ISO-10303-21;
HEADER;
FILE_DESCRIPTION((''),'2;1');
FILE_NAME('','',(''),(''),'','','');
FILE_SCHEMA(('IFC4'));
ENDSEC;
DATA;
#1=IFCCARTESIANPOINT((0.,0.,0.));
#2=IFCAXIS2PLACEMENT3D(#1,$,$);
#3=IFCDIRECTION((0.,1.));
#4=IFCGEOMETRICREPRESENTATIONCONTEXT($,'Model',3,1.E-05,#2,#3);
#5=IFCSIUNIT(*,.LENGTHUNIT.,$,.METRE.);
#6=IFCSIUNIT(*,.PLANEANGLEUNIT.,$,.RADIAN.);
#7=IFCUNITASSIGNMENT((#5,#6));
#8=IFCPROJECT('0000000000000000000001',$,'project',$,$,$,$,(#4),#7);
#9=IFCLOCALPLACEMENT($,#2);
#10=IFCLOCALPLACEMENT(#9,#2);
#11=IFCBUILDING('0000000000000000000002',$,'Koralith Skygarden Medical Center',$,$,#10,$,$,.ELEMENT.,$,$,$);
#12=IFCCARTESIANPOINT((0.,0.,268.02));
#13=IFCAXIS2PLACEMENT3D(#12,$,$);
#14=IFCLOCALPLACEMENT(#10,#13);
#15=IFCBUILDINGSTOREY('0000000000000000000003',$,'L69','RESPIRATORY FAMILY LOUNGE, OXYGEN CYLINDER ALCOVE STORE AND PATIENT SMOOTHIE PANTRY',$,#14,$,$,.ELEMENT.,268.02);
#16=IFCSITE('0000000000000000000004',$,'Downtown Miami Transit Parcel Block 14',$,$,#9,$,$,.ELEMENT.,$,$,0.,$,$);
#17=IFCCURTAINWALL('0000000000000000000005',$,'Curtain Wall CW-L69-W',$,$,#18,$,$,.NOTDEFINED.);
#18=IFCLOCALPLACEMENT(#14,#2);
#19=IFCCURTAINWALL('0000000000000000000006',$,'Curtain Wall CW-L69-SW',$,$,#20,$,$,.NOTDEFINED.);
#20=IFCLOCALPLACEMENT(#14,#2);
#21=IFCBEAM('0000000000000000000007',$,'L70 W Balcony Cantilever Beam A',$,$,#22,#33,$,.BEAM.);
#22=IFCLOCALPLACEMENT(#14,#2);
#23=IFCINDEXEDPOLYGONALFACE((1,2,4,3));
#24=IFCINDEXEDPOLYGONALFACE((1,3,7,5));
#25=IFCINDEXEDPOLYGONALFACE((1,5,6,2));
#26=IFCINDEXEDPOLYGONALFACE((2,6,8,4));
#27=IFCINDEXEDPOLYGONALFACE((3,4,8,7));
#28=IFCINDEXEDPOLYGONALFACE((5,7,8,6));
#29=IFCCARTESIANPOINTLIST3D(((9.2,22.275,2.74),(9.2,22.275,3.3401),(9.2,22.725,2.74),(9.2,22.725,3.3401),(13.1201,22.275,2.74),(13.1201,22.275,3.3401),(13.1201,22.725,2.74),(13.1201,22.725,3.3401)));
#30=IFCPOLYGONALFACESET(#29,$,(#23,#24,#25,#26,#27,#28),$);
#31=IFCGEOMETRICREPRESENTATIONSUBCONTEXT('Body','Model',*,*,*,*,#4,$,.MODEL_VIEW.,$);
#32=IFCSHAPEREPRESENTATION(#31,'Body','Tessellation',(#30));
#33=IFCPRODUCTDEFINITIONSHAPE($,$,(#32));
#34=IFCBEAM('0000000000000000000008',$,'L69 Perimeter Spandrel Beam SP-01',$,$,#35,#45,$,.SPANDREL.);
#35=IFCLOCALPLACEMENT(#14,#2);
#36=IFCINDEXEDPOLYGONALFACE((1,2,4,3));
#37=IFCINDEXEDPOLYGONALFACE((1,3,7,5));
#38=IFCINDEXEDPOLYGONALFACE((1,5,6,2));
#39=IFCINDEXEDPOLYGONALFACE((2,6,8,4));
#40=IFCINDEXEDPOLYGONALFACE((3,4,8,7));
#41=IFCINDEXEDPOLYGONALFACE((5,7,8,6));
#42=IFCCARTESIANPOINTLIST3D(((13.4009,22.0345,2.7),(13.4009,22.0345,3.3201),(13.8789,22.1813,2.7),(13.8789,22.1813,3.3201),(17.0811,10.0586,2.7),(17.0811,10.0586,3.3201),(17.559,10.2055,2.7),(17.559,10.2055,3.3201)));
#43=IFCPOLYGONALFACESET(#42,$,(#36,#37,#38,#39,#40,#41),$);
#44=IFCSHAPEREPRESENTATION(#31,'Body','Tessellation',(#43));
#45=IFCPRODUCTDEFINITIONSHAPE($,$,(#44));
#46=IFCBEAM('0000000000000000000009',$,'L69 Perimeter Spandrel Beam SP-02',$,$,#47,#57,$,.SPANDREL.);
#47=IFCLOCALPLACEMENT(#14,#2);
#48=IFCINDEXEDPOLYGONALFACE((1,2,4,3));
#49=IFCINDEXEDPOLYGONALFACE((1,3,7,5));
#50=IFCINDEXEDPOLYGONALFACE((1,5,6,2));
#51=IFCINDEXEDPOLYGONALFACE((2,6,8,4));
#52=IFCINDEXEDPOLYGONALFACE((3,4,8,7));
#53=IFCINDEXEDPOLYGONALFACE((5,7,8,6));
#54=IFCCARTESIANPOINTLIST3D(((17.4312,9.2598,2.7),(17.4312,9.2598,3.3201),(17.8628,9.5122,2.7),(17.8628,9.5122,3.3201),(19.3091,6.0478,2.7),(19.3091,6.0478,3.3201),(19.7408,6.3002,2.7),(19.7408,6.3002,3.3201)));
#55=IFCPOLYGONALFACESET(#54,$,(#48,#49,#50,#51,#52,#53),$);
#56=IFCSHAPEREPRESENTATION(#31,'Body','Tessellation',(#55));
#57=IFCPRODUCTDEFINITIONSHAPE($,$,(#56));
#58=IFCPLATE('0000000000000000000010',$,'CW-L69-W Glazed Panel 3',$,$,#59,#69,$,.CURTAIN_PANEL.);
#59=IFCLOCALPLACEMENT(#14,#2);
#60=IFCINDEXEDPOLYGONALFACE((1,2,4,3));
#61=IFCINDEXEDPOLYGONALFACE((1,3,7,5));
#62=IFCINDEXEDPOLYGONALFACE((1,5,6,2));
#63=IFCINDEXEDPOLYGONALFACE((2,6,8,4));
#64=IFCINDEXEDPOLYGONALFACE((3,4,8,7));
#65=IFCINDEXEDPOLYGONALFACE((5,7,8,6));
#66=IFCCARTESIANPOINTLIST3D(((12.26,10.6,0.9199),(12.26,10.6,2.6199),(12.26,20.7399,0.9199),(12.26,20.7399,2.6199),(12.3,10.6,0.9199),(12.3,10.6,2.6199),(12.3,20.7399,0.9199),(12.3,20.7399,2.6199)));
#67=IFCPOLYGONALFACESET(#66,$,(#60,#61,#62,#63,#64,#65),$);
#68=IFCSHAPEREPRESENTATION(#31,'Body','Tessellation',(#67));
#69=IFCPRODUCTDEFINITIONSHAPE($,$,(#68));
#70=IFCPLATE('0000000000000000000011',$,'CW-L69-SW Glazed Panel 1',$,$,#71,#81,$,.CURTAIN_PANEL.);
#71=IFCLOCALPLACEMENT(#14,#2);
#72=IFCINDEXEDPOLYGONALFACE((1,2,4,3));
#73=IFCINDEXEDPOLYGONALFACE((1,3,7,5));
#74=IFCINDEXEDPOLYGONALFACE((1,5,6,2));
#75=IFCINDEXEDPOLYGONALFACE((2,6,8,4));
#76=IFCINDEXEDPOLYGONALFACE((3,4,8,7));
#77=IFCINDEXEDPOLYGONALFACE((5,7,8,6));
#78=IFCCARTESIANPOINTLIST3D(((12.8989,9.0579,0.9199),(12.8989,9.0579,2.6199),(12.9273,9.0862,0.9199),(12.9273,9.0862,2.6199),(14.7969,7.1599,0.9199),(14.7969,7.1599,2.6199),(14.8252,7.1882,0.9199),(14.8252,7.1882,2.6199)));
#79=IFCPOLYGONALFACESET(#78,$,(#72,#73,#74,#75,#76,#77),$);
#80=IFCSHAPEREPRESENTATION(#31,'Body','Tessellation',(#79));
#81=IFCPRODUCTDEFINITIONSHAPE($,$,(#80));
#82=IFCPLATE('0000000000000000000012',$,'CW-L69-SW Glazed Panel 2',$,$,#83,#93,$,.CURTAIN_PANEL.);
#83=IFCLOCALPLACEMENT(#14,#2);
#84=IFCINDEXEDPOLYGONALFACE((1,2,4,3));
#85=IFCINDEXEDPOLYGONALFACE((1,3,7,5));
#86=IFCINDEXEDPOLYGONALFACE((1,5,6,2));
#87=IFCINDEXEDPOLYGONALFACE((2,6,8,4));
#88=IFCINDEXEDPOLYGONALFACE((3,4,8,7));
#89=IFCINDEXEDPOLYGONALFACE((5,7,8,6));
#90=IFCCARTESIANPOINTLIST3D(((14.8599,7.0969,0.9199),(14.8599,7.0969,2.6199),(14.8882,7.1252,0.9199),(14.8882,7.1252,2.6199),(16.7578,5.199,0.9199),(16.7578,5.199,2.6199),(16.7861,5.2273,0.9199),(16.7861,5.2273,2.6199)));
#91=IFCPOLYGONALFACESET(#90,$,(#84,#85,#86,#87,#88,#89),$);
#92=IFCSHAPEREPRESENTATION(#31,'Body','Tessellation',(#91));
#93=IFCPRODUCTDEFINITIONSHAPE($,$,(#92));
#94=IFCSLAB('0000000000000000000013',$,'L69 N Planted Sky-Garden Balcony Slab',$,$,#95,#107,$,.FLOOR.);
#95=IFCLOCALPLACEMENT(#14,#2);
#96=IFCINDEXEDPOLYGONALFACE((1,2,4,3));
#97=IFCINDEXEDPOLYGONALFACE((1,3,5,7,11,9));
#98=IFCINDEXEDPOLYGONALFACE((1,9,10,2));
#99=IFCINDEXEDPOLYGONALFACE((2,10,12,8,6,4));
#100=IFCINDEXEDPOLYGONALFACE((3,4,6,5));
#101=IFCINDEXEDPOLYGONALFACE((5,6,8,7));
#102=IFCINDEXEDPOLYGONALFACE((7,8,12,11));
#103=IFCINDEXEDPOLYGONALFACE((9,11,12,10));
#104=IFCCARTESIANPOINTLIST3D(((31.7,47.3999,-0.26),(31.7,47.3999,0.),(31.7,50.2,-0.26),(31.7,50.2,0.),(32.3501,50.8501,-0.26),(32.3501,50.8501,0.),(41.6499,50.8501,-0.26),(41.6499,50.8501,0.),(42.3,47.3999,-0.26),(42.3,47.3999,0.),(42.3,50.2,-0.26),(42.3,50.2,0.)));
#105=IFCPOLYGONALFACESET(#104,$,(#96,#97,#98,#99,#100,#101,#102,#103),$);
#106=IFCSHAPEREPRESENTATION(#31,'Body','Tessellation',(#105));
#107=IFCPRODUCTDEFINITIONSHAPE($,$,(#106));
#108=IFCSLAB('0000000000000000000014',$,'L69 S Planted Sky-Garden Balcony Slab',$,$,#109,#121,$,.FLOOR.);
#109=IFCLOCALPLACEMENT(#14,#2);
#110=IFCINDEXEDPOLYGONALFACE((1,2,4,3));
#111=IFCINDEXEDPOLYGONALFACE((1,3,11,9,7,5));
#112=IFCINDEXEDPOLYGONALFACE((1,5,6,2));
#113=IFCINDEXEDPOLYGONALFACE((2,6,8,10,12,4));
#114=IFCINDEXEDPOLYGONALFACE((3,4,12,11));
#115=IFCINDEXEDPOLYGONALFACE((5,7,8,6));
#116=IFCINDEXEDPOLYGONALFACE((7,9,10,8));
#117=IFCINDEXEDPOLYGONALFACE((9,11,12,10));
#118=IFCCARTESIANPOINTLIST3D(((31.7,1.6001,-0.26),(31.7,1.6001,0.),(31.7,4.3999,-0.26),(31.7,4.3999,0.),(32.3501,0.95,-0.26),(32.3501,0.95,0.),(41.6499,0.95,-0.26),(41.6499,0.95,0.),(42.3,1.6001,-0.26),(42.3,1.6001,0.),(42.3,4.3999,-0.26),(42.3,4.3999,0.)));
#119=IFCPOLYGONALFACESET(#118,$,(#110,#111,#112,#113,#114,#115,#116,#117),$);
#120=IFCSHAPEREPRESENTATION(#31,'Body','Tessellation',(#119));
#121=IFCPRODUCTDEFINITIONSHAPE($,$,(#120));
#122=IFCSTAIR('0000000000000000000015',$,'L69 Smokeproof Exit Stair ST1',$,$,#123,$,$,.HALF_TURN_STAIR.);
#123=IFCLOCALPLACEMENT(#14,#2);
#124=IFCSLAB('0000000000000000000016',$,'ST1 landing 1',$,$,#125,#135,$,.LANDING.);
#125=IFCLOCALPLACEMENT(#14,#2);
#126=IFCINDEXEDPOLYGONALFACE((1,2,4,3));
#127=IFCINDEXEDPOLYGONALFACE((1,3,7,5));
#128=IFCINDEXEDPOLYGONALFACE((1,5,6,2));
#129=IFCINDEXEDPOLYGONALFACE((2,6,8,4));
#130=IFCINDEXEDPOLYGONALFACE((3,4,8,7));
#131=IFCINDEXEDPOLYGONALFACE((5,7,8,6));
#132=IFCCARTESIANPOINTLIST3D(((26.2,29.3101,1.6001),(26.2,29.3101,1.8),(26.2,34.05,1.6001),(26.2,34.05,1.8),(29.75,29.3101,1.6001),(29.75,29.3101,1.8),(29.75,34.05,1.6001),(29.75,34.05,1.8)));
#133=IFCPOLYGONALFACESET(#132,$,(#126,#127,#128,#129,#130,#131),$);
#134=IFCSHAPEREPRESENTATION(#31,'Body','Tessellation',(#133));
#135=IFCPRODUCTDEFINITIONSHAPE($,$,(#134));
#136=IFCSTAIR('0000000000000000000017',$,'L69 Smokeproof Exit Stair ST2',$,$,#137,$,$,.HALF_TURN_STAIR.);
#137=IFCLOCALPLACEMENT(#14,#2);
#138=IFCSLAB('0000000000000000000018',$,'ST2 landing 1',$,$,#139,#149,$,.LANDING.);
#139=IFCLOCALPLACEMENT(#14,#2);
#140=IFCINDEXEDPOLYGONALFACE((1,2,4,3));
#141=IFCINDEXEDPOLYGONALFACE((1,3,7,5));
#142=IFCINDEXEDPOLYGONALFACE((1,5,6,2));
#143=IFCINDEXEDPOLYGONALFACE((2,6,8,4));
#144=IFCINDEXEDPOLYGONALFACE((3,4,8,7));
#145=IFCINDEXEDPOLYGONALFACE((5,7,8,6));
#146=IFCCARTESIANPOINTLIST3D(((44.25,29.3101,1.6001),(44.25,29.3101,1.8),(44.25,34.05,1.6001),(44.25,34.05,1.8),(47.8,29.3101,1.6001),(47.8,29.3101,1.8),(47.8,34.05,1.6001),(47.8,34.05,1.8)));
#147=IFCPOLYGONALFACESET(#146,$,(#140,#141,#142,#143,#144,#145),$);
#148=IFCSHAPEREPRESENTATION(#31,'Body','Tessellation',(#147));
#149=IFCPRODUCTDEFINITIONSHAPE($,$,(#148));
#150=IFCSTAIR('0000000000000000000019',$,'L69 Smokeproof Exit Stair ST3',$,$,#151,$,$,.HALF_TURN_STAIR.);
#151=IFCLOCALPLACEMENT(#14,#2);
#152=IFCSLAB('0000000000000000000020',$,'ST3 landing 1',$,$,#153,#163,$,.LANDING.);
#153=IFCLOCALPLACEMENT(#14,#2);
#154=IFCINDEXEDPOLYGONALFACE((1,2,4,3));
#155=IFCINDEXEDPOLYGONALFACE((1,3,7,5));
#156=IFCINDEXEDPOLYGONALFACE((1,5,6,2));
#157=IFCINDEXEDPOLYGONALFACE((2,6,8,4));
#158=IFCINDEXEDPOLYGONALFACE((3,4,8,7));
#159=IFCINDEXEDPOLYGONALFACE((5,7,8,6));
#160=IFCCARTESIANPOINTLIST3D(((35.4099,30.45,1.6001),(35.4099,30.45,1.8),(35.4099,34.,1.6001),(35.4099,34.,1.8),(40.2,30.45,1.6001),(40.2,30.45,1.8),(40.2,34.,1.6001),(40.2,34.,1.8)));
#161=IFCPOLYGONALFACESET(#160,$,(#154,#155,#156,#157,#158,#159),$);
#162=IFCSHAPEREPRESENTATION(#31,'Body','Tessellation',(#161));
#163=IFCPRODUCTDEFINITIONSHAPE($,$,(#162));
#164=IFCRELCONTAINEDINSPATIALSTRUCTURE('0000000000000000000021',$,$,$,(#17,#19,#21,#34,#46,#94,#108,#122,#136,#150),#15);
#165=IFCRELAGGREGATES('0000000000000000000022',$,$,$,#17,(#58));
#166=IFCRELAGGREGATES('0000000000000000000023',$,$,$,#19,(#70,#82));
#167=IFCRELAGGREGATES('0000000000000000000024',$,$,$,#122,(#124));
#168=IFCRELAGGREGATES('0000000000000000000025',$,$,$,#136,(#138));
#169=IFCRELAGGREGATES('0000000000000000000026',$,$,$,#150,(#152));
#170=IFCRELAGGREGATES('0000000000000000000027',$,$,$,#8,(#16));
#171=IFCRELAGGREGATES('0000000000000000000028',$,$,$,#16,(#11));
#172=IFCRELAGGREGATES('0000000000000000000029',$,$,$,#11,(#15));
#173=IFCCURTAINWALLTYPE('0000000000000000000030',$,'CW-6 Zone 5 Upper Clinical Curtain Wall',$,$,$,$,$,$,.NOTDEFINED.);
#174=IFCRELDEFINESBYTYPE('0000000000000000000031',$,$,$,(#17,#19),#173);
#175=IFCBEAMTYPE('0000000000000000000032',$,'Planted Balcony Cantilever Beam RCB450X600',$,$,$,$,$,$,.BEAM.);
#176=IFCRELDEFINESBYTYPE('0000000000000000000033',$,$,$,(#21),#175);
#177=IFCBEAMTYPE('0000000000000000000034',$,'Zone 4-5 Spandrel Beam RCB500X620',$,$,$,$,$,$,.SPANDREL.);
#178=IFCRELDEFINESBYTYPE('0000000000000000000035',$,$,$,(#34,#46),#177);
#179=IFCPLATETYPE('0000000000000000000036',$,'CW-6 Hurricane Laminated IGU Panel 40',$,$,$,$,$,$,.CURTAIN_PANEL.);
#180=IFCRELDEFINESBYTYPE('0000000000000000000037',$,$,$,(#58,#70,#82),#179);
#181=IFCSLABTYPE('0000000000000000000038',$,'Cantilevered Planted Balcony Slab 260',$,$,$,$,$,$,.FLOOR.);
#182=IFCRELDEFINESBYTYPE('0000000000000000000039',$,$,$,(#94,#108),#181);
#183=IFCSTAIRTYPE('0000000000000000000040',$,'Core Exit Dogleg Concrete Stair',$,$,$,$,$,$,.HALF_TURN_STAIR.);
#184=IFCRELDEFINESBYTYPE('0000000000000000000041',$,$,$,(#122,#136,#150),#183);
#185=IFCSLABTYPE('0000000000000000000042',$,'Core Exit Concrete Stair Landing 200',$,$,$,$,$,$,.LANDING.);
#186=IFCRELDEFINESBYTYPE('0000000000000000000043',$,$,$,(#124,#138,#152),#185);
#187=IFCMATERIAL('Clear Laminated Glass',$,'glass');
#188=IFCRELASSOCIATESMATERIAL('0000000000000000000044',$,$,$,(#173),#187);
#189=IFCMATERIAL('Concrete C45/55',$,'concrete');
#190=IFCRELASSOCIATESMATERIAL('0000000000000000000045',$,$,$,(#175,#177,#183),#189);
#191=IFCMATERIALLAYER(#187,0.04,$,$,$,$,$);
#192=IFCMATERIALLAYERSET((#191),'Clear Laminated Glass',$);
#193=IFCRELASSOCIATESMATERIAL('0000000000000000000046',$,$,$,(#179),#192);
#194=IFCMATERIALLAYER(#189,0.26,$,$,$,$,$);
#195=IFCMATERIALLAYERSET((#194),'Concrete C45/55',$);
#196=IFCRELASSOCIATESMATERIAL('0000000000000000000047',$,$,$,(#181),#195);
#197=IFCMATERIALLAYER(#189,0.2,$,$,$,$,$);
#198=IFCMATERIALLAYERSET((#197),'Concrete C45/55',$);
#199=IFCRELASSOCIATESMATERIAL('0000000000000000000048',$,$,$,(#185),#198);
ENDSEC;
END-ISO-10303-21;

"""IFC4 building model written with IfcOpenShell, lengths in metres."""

from ifc_helpers import new_model, si_unit, direction, frame, origin, origin_2d, place, context, subcontext, project, spatial, polyline, rectangle, outline, extrude, material, layer, layer_set, material_profile, profile_set, type_object, element, aggregate, save


model = new_model("IFC4")

# Units and contexts
model_context = context("Model", 3, precision=1e-05, world=origin(), true_north=direction((0.0, 1.0)))
body_context = subcontext(model_context, "Body", "Model", "MODEL_VIEW")
ifc_project = project(units=[si_unit("LENGTHUNIT", "METRE"), si_unit("PLANEANGLEUNIT", "RADIAN")], contexts=[model_context])

# Site, building, storey
site_placement = place(None, origin())
site = spatial("IfcSite", under=ifc_project, at=site_placement, Name="Downtown Miami Transit Parcel Block 14", CompositionType="ELEMENT", RefElevation=0.0)
building_placement = place(site_placement, origin())
building = spatial("IfcBuilding", under=site, at=building_placement, Name="Koralith Skygarden Medical Center", CompositionType="ELEMENT")
storey_placement = place(building_placement, frame((0.0, 0.0, 268.02)))
storey = spatial("IfcBuildingStorey", under=building, at=storey_placement, Name="L69", Description="RESPIRATORY FAMILY LOUNGE, OXYGEN CYLINDER ALCOVE STORE AND PATIENT SMOOTHIE PANTRY", CompositionType="ELEMENT", Elevation=268.02)

# Shared definitions
ifc_material_1 = material(Name="Clear Laminated Glass", Category="glass")
curtain_wall_type = type_object("IfcCurtainWallType", Name="CW-6 Zone 5 Upper Clinical Curtain Wall", PredefinedType="NOTDEFINED", material=ifc_material_1)

# Curtain walls
curtain_wall_1_placement = place(storey_placement, origin())
curtain_wall_1 = element("IfcCurtainWall", 1, at=curtain_wall_1_placement, inside=storey, type_object=curtain_wall_type, Name="Curtain Wall CW-L69-W", PredefinedType="NOTDEFINED")
curtain_wall_2_placement = place(storey_placement, origin())
curtain_wall_2 = element("IfcCurtainWall", 2, at=curtain_wall_2_placement, inside=storey, type_object=curtain_wall_type, Name="Curtain Wall CW-L69-SW", PredefinedType="NOTDEFINED")

# Beams
ifc_material_2 = material(Name="Concrete C45/55", Category="concrete")
ifc_material_profile_1 = material_profile(ifc_material_2, rectangle(XDim=0.45, YDim=0.6001, at=origin_2d()), Name="RCB450X600")
ifc_profile_set_1 = profile_set([ifc_material_profile_1], Name="Concrete C45/55")
beam_type_1 = type_object("IfcBeamType", Name="Planted Balcony Cantilever Beam RCB450X600", PredefinedType="BEAM", material=ifc_profile_set_1)
beam_1_placement = place(storey_placement, frame((13.1201, 22.5, 3.04), z_axis=(-1.0, 0.0, 0.0), x_axis=(0.0, -1.0, 0.0)))
element("IfcBeam", 3, at=beam_1_placement, inside=storey, type_object=beam_type_1, Name="L70 W Balcony Cantilever Beam A", PredefinedType="BEAM", context=body_context, shape_type="SweptSolid", body=[
    extrude(rectangle(XDim=0.45, YDim=0.6001, at=origin_2d()), origin(), (0.0, 0.0, 1.0), 3.9202),
])
ifc_material_profile_2 = material_profile(ifc_material_2, rectangle(XDim=0.5, YDim=0.6201, at=origin_2d()), Name="RCB500X620")
ifc_profile_set_2 = profile_set([ifc_material_profile_2], Name="Concrete C45/55")
beam_type_2 = type_object("IfcBeamType", Name="Zone 4-5 Spandrel Beam RCB500X620", PredefinedType="SPANDREL", material=ifc_profile_set_2)
beam_2_placement = place(storey_placement, frame((13.6399, 22.1079, 3.01), z_axis=(0.293743, -0.955884, 0.0), x_axis=(0.955884, 0.293743, 0.0)))
element("IfcBeam", 4, at=beam_2_placement, inside=storey, type_object=beam_type_2, Name="L69 Perimeter Spandrel Beam SP-01", PredefinedType="SPANDREL", context=body_context, shape_type="SweptSolid", body=[
    extrude(rectangle(XDim=0.5, YDim=0.6201, at=origin_2d()), origin(), (0.0, 0.0, 1.0), 12.5286),
])
beam_3_placement = place(storey_placement, frame((17.647, 9.386, 3.01), z_axis=(0.504736, -0.863274, 0.0), x_axis=(0.863274, 0.504736, 0.0)))
element("IfcBeam", 5, at=beam_3_placement, inside=storey, type_object=beam_type_2, Name="L69 Perimeter Spandrel Beam SP-02", PredefinedType="SPANDREL", context=body_context, shape_type="SweptSolid", body=[
    extrude(rectangle(XDim=0.5, YDim=0.6201, at=origin_2d()), origin(), (0.0, 0.0, 1.0), 3.7207),
])

# Plates
ifc_layer_1 = layer(ifc_material_1, 0.04)
ifc_layer_set_1 = layer_set([ifc_layer_1], Name="Clear Laminated Glass")
plate_type_1 = type_object("IfcPlateType", Name="CW-6 Hurricane Laminated IGU Panel 40", PredefinedType="CURTAIN_PANEL", material=ifc_layer_set_1)
plate_1_placement = place(storey_placement, frame((12.28, 15.6699, 0.9199), z_axis=(0.0, 0.0, 1.0), x_axis=(0.0, -1.0, 0.0)))
plate_1 = element("IfcPlate", 6, at=plate_1_placement, type_object=plate_type_1, Name="CW-L69-W Glazed Panel 3", PredefinedType="CURTAIN_PANEL", context=body_context, shape_type="SweptSolid", body=[
    extrude(rectangle(XDim=10.1399, YDim=0.04, at=origin_2d()), origin(), (0.0, 0.0, 1.0), 1.7),
])
aggregate(curtain_wall_1, [plate_1])
plate_2_placement = place(storey_placement, frame((13.8621, 8.123, 0.9199), z_axis=(0.0, 0.0, 1.0), x_axis=(0.707107, -0.707107, 0.0)))
plate_2 = element("IfcPlate", 7, at=plate_2_placement, type_object=plate_type_1, Name="CW-L69-SW Glazed Panel 1", PredefinedType="CURTAIN_PANEL", context=body_context, shape_type="SweptSolid", body=[
    extrude(rectangle(XDim=2.6841, YDim=0.04, at=origin_2d()), origin(), (0.0, 0.0, 1.0), 1.7),
])
plate_3_placement = place(storey_placement, frame((15.823, 6.1621, 0.9199), z_axis=(0.0, 0.0, 1.0), x_axis=(0.707107, -0.707107, 0.0)))
plate_3 = element("IfcPlate", 8, at=plate_3_placement, type_object=plate_type_1, Name="CW-L69-SW Glazed Panel 2", PredefinedType="CURTAIN_PANEL", context=body_context, shape_type="SweptSolid", body=[
    extrude(rectangle(XDim=2.6841, YDim=0.04, at=origin_2d()), origin(), (0.0, 0.0, 1.0), 1.7),
])
aggregate(curtain_wall_2, [plate_2, plate_3])

# Slabs
ifc_layer_2 = layer(ifc_material_2, 0.26)
ifc_layer_set_2 = layer_set([ifc_layer_2], Name="Concrete C45/55")
slab_type_1 = type_object("IfcSlabType", Name="Cantilevered Planted Balcony Slab 260", PredefinedType="FLOOR", material=ifc_layer_set_2)
slab_1_placement = place(storey_placement, frame((0.0, 0.0, -0.26)))
element("IfcSlab", 9, at=slab_1_placement, inside=storey, type_object=slab_type_1, Name="L69 N Planted Sky-Garden Balcony Slab", PredefinedType="FLOOR", context=body_context, shape_type="SweptSolid", body=[
    extrude(outline(polyline([(31.7, 47.3999), (42.3, 47.3999), (42.3, 50.2), (41.6499, 50.8501), (32.3501, 50.8501), (31.7, 50.2), (31.7, 47.3999)])), origin(), (0.0, 0.0, 1.0), 0.26),
])
slab_2_placement = place(storey_placement, frame((0.0, 0.0, -0.26)))
element("IfcSlab", 10, at=slab_2_placement, inside=storey, type_object=slab_type_1, Name="L69 S Planted Sky-Garden Balcony Slab", PredefinedType="FLOOR", context=body_context, shape_type="SweptSolid", body=[
    extrude(outline(polyline([(32.3501, 0.95), (41.6499, 0.95), (42.3, 1.6001), (42.3, 4.3999), (31.7, 4.3999), (31.7, 1.6001), (32.3501, 0.95)])), origin(), (0.0, 0.0, 1.0), 0.26),
])

# Stairs, slabs
stair_type = type_object("IfcStairType", Name="Core Exit Dogleg Concrete Stair", PredefinedType="HALF_TURN_STAIR", material=ifc_material_2)
stair_1_placement = place(storey_placement, origin())
stair_1 = element("IfcStair", 11, at=stair_1_placement, inside=storey, type_object=stair_type, Name="L69 Smokeproof Exit Stair ST1", PredefinedType="HALF_TURN_STAIR")
ifc_layer_3 = layer(ifc_material_2, 0.2)
ifc_layer_set_3 = layer_set([ifc_layer_3], Name="Concrete C45/55")
slab_type_2 = type_object("IfcSlabType", Name="Core Exit Concrete Stair Landing 200", PredefinedType="LANDING", material=ifc_layer_set_3)
slab_3_placement = place(storey_placement, frame((0.0, 0.0, 1.6001)))
slab_3 = element("IfcSlab", 12, at=slab_3_placement, type_object=slab_type_2, Name="ST1 landing 1", PredefinedType="LANDING", context=body_context, shape_type="SweptSolid", body=[
    extrude(outline(polyline([(29.75, 29.3101), (29.75, 34.05), (26.2, 34.05), (26.2, 29.3101), (29.75, 29.3101)])), origin(), (0.0, 0.0, 1.0), 0.2),
])
aggregate(stair_1, [slab_3])
stair_2_placement = place(storey_placement, origin())
stair_2 = element("IfcStair", 13, at=stair_2_placement, inside=storey, type_object=stair_type, Name="L69 Smokeproof Exit Stair ST2", PredefinedType="HALF_TURN_STAIR")
slab_4_placement = place(storey_placement, frame((0.0, 0.0, 1.6001)))
slab_4 = element("IfcSlab", 14, at=slab_4_placement, type_object=slab_type_2, Name="ST2 landing 1", PredefinedType="LANDING", context=body_context, shape_type="SweptSolid", body=[
    extrude(outline(polyline([(47.8, 29.3101), (47.8, 34.05), (44.25, 34.05), (44.25, 29.3101), (47.8, 29.3101)])), origin(), (0.0, 0.0, 1.0), 0.2),
])
aggregate(stair_2, [slab_4])
stair_3_placement = place(storey_placement, origin())
stair_3 = element("IfcStair", 15, at=stair_3_placement, inside=storey, type_object=stair_type, Name="L69 Smokeproof Exit Stair ST3", PredefinedType="HALF_TURN_STAIR")
slab_5_placement = place(storey_placement, frame((0.0, 0.0, 1.6001)))
slab_5 = element("IfcSlab", 16, at=slab_5_placement, type_object=slab_type_2, Name="ST3 landing 1", PredefinedType="LANDING", context=body_context, shape_type="SweptSolid", body=[
    extrude(outline(polyline([(35.4099, 30.45), (40.2, 30.45), (40.2, 34.0), (35.4099, 34.0), (35.4099, 30.45)])), origin(), (0.0, 0.0, 1.0), 0.2),
])
aggregate(stair_3, [slab_5])

save(model, "model.ifc")
